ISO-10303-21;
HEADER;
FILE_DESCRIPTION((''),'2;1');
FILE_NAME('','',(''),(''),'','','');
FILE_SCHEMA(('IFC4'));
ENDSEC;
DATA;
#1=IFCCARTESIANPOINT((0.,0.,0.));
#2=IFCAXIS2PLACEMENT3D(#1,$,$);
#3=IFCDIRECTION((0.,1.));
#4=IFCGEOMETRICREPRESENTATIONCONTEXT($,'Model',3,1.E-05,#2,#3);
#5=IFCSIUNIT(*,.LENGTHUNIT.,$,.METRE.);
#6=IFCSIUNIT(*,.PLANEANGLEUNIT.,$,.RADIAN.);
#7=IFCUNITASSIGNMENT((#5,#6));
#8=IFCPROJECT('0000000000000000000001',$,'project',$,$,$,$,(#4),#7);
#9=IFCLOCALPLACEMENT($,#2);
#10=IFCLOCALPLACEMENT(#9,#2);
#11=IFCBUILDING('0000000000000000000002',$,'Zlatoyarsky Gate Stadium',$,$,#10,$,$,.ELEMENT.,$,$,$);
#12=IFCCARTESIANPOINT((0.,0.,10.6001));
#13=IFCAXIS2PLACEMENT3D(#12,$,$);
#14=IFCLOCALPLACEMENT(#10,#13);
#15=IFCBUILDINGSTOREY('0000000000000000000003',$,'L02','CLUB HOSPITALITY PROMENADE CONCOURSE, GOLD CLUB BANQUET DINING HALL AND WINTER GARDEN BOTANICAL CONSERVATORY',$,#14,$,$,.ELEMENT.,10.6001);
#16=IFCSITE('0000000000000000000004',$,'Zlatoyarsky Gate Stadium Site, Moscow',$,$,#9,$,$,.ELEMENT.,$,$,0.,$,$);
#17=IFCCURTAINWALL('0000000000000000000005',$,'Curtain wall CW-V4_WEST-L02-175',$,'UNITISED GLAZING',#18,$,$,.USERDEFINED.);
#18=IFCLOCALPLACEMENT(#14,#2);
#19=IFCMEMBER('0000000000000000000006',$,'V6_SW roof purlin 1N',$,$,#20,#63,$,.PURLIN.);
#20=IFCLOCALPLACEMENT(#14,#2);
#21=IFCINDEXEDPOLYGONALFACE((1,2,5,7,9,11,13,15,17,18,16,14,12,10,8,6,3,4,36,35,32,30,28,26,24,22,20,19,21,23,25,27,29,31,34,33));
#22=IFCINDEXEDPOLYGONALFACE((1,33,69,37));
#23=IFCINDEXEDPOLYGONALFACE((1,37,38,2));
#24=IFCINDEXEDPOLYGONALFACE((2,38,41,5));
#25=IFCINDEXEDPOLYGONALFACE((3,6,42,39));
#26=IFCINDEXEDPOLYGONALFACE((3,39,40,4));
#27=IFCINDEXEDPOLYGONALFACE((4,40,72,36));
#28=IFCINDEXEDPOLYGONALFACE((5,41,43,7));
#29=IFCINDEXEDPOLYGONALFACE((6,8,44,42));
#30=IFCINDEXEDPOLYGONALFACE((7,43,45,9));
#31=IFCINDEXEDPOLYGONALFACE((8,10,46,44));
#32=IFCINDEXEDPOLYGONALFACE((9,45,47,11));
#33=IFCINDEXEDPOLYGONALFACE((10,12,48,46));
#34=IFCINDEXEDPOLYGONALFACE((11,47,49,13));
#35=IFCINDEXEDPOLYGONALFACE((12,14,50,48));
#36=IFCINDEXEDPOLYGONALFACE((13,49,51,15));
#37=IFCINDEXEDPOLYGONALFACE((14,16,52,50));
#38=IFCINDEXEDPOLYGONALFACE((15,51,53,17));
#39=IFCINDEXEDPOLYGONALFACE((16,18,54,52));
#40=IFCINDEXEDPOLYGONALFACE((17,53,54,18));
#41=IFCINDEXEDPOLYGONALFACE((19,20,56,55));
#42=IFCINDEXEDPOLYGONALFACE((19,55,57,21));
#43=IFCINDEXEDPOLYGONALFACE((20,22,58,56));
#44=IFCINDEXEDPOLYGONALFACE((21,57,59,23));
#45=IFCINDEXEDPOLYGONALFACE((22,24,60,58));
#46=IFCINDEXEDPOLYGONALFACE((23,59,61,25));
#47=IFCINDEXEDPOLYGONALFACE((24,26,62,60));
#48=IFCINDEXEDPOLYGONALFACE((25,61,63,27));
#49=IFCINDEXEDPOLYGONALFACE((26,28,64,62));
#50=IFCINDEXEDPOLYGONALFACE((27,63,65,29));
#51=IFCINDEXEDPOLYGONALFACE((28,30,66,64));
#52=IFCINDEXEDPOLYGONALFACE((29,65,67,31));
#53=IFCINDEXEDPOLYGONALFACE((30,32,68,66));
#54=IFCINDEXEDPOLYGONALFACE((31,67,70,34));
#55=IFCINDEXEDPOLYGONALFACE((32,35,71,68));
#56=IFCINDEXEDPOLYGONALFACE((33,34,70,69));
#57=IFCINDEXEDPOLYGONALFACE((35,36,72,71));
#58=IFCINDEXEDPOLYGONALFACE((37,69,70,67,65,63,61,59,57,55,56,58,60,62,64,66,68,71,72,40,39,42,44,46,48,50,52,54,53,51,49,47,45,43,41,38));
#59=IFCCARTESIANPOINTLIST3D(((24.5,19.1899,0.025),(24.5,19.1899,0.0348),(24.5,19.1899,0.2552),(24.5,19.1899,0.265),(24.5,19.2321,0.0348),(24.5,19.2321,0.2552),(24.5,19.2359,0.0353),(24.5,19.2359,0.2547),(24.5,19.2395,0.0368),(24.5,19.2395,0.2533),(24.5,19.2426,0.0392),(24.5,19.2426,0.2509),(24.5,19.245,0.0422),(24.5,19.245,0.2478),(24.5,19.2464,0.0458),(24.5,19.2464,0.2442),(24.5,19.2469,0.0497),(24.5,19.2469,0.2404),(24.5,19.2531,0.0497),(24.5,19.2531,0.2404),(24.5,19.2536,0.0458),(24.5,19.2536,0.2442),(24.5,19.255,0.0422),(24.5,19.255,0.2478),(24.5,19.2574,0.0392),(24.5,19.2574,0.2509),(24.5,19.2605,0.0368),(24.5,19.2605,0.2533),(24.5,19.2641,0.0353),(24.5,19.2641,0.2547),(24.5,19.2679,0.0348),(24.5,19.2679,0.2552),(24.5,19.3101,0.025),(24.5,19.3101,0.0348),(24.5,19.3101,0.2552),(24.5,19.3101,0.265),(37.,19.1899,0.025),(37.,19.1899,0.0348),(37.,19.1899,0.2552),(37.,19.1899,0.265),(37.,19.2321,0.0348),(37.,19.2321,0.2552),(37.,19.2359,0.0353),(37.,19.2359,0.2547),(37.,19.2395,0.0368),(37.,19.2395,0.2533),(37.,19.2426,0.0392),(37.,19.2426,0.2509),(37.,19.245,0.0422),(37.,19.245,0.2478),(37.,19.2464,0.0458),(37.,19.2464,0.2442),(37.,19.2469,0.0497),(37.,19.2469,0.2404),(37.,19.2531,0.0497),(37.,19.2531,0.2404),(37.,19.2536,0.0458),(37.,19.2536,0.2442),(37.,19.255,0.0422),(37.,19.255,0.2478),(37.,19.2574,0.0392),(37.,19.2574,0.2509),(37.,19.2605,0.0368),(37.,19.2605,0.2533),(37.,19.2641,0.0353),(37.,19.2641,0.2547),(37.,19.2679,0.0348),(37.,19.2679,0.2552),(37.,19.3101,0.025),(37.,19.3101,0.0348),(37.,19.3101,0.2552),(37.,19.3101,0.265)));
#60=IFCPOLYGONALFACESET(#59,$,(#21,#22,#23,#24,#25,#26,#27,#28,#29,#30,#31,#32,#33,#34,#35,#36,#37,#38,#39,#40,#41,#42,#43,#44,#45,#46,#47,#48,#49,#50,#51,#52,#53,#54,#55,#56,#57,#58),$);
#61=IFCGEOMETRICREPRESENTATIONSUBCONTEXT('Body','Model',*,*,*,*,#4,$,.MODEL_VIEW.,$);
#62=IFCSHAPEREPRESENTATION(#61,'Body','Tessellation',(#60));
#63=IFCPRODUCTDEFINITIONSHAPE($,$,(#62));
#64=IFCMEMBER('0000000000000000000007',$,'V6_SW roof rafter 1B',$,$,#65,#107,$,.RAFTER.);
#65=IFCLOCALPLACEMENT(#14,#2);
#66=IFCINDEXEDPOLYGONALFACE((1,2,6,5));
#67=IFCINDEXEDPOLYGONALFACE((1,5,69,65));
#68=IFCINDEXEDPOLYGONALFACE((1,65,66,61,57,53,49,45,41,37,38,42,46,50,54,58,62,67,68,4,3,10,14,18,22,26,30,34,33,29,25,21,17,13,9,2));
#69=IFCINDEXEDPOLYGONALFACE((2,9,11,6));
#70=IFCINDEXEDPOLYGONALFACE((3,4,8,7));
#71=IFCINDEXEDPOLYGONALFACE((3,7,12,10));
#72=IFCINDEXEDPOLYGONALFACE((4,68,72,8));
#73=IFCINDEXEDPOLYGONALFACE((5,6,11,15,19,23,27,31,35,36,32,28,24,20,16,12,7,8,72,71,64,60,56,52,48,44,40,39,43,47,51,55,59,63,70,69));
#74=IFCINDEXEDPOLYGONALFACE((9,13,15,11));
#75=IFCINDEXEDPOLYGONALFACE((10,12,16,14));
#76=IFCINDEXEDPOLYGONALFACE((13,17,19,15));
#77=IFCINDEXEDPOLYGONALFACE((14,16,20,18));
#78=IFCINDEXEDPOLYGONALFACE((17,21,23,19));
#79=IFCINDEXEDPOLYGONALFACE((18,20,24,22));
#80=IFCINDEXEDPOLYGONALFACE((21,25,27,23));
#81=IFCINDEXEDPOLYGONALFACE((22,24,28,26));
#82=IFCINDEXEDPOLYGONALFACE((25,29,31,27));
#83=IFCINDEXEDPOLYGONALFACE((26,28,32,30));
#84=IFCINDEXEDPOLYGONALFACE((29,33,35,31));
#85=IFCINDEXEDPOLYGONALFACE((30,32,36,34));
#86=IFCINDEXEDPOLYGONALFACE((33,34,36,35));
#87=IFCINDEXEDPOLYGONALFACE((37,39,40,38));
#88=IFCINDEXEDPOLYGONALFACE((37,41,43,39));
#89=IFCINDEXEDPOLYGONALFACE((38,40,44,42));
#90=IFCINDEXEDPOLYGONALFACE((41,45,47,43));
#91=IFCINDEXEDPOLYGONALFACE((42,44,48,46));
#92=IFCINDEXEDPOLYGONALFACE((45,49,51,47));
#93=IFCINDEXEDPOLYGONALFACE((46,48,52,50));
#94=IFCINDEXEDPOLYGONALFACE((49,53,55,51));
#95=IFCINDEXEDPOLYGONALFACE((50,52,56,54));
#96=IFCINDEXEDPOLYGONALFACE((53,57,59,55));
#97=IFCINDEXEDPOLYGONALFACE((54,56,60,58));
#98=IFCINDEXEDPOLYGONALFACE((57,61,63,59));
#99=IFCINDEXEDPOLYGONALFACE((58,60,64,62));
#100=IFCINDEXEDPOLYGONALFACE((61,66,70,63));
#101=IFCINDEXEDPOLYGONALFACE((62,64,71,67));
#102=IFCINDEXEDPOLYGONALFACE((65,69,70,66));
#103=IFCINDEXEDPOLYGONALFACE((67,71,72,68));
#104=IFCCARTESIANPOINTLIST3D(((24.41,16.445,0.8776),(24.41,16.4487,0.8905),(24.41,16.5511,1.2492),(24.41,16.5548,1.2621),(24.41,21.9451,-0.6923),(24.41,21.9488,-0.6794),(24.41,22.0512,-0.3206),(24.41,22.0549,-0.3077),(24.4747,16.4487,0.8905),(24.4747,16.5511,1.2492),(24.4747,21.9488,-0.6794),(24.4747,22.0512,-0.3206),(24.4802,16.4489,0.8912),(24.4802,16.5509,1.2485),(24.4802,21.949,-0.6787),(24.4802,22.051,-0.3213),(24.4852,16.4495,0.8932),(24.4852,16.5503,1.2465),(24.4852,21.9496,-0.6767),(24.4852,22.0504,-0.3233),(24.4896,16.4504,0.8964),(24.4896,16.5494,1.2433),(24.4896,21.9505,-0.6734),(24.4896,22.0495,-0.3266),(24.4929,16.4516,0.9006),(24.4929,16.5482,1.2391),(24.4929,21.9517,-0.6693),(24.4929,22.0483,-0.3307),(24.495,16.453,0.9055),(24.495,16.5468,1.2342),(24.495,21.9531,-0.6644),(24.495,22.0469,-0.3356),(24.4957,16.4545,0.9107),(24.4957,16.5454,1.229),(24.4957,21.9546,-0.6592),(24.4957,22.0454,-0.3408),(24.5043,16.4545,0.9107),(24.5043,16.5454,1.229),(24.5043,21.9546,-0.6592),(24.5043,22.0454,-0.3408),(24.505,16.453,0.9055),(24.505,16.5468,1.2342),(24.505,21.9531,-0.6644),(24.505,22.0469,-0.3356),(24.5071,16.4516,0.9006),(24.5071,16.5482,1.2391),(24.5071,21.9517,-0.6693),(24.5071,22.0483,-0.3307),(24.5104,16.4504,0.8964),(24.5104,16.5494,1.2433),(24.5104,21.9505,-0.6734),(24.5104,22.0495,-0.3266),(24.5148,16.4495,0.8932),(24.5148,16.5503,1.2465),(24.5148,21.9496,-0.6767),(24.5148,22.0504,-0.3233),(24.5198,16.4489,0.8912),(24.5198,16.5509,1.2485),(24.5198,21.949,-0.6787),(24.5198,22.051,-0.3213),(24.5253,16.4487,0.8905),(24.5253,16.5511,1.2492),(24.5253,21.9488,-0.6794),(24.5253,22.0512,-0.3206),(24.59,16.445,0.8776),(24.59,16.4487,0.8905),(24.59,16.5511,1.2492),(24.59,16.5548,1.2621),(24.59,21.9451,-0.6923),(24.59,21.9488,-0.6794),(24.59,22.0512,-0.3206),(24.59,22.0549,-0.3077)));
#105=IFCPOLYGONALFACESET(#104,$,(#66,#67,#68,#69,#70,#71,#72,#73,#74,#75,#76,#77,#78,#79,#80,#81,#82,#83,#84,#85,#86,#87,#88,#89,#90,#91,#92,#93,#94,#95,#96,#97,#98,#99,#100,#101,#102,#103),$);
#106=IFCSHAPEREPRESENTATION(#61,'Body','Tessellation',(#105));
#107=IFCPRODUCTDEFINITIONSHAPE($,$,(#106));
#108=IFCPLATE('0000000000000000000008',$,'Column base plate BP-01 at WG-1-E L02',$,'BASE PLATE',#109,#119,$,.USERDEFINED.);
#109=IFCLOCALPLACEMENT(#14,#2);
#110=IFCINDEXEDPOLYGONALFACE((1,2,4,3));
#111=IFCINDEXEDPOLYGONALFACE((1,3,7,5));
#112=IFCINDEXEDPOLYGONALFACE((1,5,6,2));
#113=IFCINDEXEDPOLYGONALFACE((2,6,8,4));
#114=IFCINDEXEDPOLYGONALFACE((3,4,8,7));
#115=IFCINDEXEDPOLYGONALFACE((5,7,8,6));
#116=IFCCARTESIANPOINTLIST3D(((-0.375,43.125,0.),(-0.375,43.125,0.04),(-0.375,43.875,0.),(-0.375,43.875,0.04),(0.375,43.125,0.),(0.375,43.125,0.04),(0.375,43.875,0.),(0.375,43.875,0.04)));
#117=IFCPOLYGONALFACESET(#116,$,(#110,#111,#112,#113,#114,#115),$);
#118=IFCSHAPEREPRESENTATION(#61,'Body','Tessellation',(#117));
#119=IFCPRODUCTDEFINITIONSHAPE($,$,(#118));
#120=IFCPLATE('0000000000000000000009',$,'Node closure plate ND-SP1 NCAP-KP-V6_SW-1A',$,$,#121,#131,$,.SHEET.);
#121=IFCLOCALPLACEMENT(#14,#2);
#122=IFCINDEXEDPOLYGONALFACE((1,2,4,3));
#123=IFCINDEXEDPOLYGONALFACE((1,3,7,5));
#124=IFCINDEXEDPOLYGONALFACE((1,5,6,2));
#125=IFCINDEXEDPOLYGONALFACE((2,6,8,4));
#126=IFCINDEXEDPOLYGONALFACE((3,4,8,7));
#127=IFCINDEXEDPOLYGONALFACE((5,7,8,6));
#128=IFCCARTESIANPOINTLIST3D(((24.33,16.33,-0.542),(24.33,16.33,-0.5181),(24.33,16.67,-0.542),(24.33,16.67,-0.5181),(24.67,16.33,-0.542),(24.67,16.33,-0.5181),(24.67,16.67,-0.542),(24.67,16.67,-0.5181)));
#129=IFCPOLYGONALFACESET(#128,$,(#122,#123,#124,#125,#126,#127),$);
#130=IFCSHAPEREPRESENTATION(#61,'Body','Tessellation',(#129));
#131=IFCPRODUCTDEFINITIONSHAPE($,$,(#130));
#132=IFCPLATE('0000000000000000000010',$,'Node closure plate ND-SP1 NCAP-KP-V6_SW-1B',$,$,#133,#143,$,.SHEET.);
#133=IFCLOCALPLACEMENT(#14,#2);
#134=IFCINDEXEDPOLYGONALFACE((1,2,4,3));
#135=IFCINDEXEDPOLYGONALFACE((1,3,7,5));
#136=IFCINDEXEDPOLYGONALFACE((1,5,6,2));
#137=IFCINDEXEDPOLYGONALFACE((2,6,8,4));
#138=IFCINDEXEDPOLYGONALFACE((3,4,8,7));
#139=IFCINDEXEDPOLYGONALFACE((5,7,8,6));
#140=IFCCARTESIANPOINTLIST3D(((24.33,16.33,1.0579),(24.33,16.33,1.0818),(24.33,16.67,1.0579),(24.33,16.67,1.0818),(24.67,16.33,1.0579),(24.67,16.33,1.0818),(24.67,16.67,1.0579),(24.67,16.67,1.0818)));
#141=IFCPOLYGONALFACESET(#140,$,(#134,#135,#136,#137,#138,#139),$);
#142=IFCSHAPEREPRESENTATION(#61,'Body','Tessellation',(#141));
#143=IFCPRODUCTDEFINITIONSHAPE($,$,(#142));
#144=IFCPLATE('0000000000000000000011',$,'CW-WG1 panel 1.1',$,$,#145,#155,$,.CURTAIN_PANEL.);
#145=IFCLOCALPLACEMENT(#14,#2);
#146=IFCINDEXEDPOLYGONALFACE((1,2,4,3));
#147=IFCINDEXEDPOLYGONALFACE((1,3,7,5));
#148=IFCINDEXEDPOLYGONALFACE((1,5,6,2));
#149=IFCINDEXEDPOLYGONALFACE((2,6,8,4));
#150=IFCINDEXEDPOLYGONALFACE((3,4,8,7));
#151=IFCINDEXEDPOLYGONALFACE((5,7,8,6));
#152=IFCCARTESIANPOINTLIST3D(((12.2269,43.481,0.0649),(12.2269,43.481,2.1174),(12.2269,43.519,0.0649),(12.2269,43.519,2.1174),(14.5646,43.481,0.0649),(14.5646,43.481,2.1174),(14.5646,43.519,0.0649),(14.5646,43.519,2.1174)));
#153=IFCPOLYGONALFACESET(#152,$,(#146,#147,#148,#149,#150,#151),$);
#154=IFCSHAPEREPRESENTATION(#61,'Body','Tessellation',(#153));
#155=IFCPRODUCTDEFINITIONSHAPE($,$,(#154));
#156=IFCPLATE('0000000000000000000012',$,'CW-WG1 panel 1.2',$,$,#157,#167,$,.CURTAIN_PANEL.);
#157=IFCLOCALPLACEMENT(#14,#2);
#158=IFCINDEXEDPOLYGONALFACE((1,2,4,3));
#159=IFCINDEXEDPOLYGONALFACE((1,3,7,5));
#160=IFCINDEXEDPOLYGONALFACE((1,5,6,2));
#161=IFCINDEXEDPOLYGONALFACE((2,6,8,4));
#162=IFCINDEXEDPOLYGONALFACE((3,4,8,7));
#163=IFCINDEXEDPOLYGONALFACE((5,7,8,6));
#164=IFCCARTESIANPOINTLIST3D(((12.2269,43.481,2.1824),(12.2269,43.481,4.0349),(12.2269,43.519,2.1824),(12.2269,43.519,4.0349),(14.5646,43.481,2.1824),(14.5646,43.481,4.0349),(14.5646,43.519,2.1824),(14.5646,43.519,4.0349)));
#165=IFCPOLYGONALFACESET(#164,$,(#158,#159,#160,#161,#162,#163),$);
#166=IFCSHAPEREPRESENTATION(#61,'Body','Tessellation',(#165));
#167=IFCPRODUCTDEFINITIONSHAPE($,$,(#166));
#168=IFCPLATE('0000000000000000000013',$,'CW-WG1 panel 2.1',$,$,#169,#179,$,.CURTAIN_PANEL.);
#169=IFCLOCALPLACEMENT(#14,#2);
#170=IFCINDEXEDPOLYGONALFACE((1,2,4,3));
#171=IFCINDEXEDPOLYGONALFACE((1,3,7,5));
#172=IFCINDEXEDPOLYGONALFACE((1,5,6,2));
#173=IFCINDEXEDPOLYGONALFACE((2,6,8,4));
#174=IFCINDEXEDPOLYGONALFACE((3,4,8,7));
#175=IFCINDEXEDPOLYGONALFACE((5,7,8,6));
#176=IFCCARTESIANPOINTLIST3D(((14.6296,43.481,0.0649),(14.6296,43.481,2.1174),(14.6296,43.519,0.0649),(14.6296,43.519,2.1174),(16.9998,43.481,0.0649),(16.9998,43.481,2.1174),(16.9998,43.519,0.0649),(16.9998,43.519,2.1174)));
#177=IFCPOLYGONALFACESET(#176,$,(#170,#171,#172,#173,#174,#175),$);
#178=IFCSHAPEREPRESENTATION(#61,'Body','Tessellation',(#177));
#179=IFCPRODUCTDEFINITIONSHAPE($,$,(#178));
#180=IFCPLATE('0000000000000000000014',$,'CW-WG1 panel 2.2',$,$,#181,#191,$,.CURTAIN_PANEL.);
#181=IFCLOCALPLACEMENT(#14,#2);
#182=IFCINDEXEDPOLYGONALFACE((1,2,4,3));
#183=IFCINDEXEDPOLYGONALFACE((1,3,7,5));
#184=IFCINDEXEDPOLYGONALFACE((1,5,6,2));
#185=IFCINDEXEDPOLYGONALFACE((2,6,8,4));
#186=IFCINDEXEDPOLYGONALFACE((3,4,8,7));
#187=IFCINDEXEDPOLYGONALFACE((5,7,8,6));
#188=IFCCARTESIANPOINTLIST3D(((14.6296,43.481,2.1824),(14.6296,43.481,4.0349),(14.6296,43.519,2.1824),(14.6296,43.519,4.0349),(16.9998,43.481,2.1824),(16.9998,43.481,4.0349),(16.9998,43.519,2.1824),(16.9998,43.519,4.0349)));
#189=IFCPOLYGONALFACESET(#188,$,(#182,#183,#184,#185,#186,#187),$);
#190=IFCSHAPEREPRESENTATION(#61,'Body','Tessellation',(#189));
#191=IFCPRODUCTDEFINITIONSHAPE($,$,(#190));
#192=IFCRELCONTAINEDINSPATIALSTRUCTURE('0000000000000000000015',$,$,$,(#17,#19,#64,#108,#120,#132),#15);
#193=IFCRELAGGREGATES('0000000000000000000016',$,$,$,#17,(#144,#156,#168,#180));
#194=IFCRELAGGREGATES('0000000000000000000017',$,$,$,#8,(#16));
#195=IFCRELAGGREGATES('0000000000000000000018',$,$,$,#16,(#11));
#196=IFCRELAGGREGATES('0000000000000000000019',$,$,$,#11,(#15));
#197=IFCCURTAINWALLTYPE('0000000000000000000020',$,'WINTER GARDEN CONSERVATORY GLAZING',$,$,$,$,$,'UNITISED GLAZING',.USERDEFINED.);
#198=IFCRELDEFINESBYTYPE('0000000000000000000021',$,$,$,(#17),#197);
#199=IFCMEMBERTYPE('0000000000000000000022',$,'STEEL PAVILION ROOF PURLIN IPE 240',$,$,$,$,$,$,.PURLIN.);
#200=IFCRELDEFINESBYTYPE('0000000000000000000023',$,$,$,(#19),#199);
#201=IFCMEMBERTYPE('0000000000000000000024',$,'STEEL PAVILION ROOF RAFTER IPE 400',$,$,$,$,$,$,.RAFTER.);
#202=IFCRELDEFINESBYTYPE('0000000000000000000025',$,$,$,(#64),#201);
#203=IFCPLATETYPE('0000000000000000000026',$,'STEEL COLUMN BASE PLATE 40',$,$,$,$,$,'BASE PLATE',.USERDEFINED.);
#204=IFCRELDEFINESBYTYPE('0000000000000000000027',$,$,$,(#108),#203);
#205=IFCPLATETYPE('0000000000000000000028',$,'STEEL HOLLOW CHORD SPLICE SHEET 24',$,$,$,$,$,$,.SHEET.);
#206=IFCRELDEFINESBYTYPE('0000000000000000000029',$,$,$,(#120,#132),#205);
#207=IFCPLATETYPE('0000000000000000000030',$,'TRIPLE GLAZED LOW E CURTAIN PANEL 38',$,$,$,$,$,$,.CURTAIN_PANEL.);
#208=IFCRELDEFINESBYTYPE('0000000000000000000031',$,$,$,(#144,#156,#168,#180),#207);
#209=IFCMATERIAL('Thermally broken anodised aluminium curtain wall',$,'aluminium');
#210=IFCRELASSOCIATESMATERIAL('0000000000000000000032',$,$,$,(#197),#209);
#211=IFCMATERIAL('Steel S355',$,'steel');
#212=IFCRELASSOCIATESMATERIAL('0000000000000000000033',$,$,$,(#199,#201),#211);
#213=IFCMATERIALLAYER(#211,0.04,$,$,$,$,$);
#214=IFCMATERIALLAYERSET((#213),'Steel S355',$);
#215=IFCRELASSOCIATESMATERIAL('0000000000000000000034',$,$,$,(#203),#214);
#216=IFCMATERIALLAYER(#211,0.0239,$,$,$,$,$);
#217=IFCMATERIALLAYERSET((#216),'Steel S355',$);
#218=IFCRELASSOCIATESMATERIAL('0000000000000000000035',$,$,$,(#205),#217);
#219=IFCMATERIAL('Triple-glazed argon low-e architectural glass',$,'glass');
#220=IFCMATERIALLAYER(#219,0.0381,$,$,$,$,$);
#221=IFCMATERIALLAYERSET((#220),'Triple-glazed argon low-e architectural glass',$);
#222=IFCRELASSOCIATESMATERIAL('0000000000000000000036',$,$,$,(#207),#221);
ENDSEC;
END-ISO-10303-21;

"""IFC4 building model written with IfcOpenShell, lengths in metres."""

from ifc_helpers import new_model, si_unit, direction, frame, origin, origin_2d, place, context, subcontext, project, spatial, rectangle, i_section, extrude, material, layer, layer_set, material_profile, profile_set, type_object, element, aggregate, save


model = new_model("IFC4")

# Units and contexts
model_context = context("Model", 3, precision=1e-05, world=origin(), true_north=direction((0.0, 1.0)))
body_context = subcontext(model_context, "Body", "Model", "MODEL_VIEW")
ifc_project = project(units=[si_unit("LENGTHUNIT", "METRE"), si_unit("PLANEANGLEUNIT", "RADIAN")], contexts=[model_context])

# Site, building, storey
site_placement = place(None, origin())
site = spatial("IfcSite", under=ifc_project, at=site_placement, Name="Zlatoyarsky Gate Stadium Site, Moscow", CompositionType="ELEMENT", RefElevation=0.0)
building_placement = place(site_placement, origin())
building = spatial("IfcBuilding", under=site, at=building_placement, Name="Zlatoyarsky Gate Stadium", CompositionType="ELEMENT")
storey_placement = place(building_placement, frame((0.0, 0.0, 10.6001)))
storey = spatial("IfcBuildingStorey", under=building, at=storey_placement, Name="L02", Description="CLUB HOSPITALITY PROMENADE CONCOURSE, GOLD CLUB BANQUET DINING HALL AND WINTER GARDEN BOTANICAL CONSERVATORY", CompositionType="ELEMENT", Elevation=10.6001)

# Shared definitions
ifc_material_1 = material(Name="Steel S355", Category="steel")

# Curtain wall
ifc_material_2 = material(Name="Thermally broken anodised aluminium curtain wall", Category="aluminium")
curtain_wall_type = type_object("IfcCurtainWallType", Name="WINTER GARDEN CONSERVATORY GLAZING", ElementType="UNITISED GLAZING", PredefinedType="USERDEFINED", material=ifc_material_2)
curtain_wall_placement = place(storey_placement, origin())
curtain_wall = element("IfcCurtainWall", 1, at=curtain_wall_placement, inside=storey, type_object=curtain_wall_type, Name="Curtain wall CW-V4_WEST-L02-175", ObjectType="UNITISED GLAZING", PredefinedType="USERDEFINED")

# Members
ifc_material_profile_1 = material_profile(ifc_material_1, i_section(OverallWidth=0.1201, OverallDepth=0.24, WebThickness=0.0061, FlangeThickness=0.0098, FilletRadius=0.0149, at=origin_2d()), Name="IPE 240")
ifc_profile_set_1 = profile_set([ifc_material_profile_1], Name="Steel S355")
member_type_1 = type_object("IfcMemberType", Name="STEEL PAVILION ROOF PURLIN IPE 240", PredefinedType="PURLIN", material=ifc_profile_set_1)
for number, where, z_axis, x_axis, name in (
    (2, (24.5, 19.25, 0.145), (1.0, 0.0, 0.0), (0.0, 1.0, 0.0), "V6_SW roof purlin 1N"),
):
    element("IfcMember", number, at=place(storey_placement, frame(where, z_axis=z_axis, x_axis=x_axis)), inside=storey, type_object=member_type_1, Name=name, PredefinedType="PURLIN", context=body_context, shape_type="SweptSolid", body=[
        extrude(i_section(OverallWidth=0.1201, OverallDepth=0.24, WebThickness=0.0061, FlangeThickness=0.0098, FilletRadius=0.0149, at=origin_2d()), origin(), (0.0, 0.0, 1.0), 12.5),
    ])
ifc_material_profile_2 = material_profile(ifc_material_1, i_section(OverallWidth=0.1799, OverallDepth=0.3999, WebThickness=0.0085, FlangeThickness=0.0134, FilletRadius=0.021, at=origin_2d()), Name="IPE 400")
ifc_profile_set_2 = profile_set([ifc_material_profile_2], Name="Steel S355")
member_type_2 = type_object("IfcMemberType", Name="STEEL PAVILION ROOF RAFTER IPE 400", PredefinedType="RAFTER", material=ifc_profile_set_2)
member_1_placement = place(storey_placement, frame((24.5, 22.0, -0.5), z_axis=(0.0, -0.961598, 0.274462), x_axis=(1.0, 0.0, 0.0)))
element("IfcMember", 3, at=member_1_placement, inside=storey, type_object=member_type_2, Name="V6_SW roof rafter 1B", PredefinedType="RAFTER", context=body_context, shape_type="SweptSolid", body=[
    extrude(i_section(OverallWidth=0.1799, OverallDepth=0.3999, WebThickness=0.0085, FlangeThickness=0.0134, FilletRadius=0.021, at=origin_2d()), origin(), (0.0, 0.0, 1.0), 5.7197),
])

# Plates
ifc_layer_1 = layer(ifc_material_1, 0.04)
ifc_layer_set_1 = layer_set([ifc_layer_1], Name="Steel S355")
plate_type_1 = type_object("IfcPlateType", Name="STEEL COLUMN BASE PLATE 40", ElementType="BASE PLATE", PredefinedType="USERDEFINED", material=ifc_layer_set_1)
plate_1_placement = place(storey_placement, frame((0.0, 43.5, 0.0), z_axis=(0.0, 0.0, 1.0), x_axis=(1.0, 0.0, 0.0)))
element("IfcPlate", 4, at=plate_1_placement, inside=storey, type_object=plate_type_1, Name="Column base plate BP-01 at WG-1-E L02", ObjectType="BASE PLATE", PredefinedType="USERDEFINED", context=body_context, shape_type="SweptSolid", body=[
    extrude(rectangle(XDim=0.75, YDim=0.75, at=origin_2d()), origin(), (0.0, 0.0, 1.0), 0.04),
])
ifc_layer_2 = layer(ifc_material_1, 0.0239)
ifc_layer_set_2 = layer_set([ifc_layer_2], Name="Steel S355")
plate_type_2 = type_object("IfcPlateType", Name="STEEL HOLLOW CHORD SPLICE SHEET 24", PredefinedType="SHEET", material=ifc_layer_set_2)
for number, where, z_axis, x_axis, name in (
    (5, (24.5, 16.5, -0.542), (0.0, 0.0, 1.0), (1.0, 0.0, 0.0), "Node closure plate ND-SP1 NCAP-KP-V6_SW-1A"),
    (6, (24.5, 16.5, 1.0579), (0.0, 0.0, 1.0), (1.0, 0.0, 0.0), "Node closure plate ND-SP1 NCAP-KP-V6_SW-1B"),
):
    element("IfcPlate", number, at=place(storey_placement, frame(where, z_axis=z_axis, x_axis=x_axis)), inside=storey, type_object=plate_type_2, Name=name, PredefinedType="SHEET", context=body_context, shape_type="SweptSolid", body=[
        extrude(rectangle(XDim=0.3401, YDim=0.3401, at=origin_2d()), origin(), (0.0, 0.0, 1.0), 0.0239),
    ])

# Plates
ifc_material_3 = material(Name="Triple-glazed argon low-e architectural glass", Category="glass")
ifc_layer_3 = layer(ifc_material_3, 0.0381)
ifc_layer_set_3 = layer_set([ifc_layer_3], Name="Triple-glazed argon low-e architectural glass")
plate_type_3 = type_object("IfcPlateType", Name="TRIPLE GLAZED LOW E CURTAIN PANEL 38", PredefinedType="CURTAIN_PANEL", material=ifc_layer_set_3)
plate_2_placement = place(storey_placement, frame((13.3958, 43.5, 0.0649), z_axis=(0.0, 0.0, 1.0), x_axis=(1.0, 0.0, 0.0)))
plate_2 = element("IfcPlate", 7, at=plate_2_placement, type_object=plate_type_3, Name="CW-WG1 panel 1.1", PredefinedType="CURTAIN_PANEL", context=body_context, shape_type="SweptSolid", body=[
    extrude(rectangle(XDim=2.3376, YDim=0.0381, at=origin_2d()), origin(), (0.0, 0.0, 1.0), 2.0525),
])
plate_3_placement = place(storey_placement, frame((13.3958, 43.5, 2.1824), z_axis=(0.0, 0.0, 1.0), x_axis=(1.0, 0.0, 0.0)))
plate_3 = element("IfcPlate", 8, at=plate_3_placement, type_object=plate_type_3, Name="CW-WG1 panel 1.2", PredefinedType="CURTAIN_PANEL", context=body_context, shape_type="SweptSolid", body=[
    extrude(rectangle(XDim=2.3376, YDim=0.0381, at=origin_2d()), origin(), (0.0, 0.0, 1.0), 1.8525),
])
plate_4_placement = place(storey_placement, frame((15.8147, 43.5, 0.0649), z_axis=(0.0, 0.0, 1.0), x_axis=(1.0, 0.0, 0.0)))
plate_4 = element("IfcPlate", 9, at=plate_4_placement, type_object=plate_type_3, Name="CW-WG1 panel 2.1", PredefinedType="CURTAIN_PANEL", context=body_context, shape_type="SweptSolid", body=[
    extrude(rectangle(XDim=2.3701, YDim=0.0381, at=origin_2d()), origin(), (0.0, 0.0, 1.0), 2.0525),
])
plate_5_placement = place(storey_placement, frame((15.8147, 43.5, 2.1824), z_axis=(0.0, 0.0, 1.0), x_axis=(1.0, 0.0, 0.0)))
plate_5 = element("IfcPlate", 10, at=plate_5_placement, type_object=plate_type_3, Name="CW-WG1 panel 2.2", PredefinedType="CURTAIN_PANEL", context=body_context, shape_type="SweptSolid", body=[
    extrude(rectangle(XDim=2.3701, YDim=0.0381, at=origin_2d()), origin(), (0.0, 0.0, 1.0), 1.8525),
])
aggregate(curtain_wall, [plate_2, plate_3, plate_4, plate_5])

save(model, "model.ifc")
